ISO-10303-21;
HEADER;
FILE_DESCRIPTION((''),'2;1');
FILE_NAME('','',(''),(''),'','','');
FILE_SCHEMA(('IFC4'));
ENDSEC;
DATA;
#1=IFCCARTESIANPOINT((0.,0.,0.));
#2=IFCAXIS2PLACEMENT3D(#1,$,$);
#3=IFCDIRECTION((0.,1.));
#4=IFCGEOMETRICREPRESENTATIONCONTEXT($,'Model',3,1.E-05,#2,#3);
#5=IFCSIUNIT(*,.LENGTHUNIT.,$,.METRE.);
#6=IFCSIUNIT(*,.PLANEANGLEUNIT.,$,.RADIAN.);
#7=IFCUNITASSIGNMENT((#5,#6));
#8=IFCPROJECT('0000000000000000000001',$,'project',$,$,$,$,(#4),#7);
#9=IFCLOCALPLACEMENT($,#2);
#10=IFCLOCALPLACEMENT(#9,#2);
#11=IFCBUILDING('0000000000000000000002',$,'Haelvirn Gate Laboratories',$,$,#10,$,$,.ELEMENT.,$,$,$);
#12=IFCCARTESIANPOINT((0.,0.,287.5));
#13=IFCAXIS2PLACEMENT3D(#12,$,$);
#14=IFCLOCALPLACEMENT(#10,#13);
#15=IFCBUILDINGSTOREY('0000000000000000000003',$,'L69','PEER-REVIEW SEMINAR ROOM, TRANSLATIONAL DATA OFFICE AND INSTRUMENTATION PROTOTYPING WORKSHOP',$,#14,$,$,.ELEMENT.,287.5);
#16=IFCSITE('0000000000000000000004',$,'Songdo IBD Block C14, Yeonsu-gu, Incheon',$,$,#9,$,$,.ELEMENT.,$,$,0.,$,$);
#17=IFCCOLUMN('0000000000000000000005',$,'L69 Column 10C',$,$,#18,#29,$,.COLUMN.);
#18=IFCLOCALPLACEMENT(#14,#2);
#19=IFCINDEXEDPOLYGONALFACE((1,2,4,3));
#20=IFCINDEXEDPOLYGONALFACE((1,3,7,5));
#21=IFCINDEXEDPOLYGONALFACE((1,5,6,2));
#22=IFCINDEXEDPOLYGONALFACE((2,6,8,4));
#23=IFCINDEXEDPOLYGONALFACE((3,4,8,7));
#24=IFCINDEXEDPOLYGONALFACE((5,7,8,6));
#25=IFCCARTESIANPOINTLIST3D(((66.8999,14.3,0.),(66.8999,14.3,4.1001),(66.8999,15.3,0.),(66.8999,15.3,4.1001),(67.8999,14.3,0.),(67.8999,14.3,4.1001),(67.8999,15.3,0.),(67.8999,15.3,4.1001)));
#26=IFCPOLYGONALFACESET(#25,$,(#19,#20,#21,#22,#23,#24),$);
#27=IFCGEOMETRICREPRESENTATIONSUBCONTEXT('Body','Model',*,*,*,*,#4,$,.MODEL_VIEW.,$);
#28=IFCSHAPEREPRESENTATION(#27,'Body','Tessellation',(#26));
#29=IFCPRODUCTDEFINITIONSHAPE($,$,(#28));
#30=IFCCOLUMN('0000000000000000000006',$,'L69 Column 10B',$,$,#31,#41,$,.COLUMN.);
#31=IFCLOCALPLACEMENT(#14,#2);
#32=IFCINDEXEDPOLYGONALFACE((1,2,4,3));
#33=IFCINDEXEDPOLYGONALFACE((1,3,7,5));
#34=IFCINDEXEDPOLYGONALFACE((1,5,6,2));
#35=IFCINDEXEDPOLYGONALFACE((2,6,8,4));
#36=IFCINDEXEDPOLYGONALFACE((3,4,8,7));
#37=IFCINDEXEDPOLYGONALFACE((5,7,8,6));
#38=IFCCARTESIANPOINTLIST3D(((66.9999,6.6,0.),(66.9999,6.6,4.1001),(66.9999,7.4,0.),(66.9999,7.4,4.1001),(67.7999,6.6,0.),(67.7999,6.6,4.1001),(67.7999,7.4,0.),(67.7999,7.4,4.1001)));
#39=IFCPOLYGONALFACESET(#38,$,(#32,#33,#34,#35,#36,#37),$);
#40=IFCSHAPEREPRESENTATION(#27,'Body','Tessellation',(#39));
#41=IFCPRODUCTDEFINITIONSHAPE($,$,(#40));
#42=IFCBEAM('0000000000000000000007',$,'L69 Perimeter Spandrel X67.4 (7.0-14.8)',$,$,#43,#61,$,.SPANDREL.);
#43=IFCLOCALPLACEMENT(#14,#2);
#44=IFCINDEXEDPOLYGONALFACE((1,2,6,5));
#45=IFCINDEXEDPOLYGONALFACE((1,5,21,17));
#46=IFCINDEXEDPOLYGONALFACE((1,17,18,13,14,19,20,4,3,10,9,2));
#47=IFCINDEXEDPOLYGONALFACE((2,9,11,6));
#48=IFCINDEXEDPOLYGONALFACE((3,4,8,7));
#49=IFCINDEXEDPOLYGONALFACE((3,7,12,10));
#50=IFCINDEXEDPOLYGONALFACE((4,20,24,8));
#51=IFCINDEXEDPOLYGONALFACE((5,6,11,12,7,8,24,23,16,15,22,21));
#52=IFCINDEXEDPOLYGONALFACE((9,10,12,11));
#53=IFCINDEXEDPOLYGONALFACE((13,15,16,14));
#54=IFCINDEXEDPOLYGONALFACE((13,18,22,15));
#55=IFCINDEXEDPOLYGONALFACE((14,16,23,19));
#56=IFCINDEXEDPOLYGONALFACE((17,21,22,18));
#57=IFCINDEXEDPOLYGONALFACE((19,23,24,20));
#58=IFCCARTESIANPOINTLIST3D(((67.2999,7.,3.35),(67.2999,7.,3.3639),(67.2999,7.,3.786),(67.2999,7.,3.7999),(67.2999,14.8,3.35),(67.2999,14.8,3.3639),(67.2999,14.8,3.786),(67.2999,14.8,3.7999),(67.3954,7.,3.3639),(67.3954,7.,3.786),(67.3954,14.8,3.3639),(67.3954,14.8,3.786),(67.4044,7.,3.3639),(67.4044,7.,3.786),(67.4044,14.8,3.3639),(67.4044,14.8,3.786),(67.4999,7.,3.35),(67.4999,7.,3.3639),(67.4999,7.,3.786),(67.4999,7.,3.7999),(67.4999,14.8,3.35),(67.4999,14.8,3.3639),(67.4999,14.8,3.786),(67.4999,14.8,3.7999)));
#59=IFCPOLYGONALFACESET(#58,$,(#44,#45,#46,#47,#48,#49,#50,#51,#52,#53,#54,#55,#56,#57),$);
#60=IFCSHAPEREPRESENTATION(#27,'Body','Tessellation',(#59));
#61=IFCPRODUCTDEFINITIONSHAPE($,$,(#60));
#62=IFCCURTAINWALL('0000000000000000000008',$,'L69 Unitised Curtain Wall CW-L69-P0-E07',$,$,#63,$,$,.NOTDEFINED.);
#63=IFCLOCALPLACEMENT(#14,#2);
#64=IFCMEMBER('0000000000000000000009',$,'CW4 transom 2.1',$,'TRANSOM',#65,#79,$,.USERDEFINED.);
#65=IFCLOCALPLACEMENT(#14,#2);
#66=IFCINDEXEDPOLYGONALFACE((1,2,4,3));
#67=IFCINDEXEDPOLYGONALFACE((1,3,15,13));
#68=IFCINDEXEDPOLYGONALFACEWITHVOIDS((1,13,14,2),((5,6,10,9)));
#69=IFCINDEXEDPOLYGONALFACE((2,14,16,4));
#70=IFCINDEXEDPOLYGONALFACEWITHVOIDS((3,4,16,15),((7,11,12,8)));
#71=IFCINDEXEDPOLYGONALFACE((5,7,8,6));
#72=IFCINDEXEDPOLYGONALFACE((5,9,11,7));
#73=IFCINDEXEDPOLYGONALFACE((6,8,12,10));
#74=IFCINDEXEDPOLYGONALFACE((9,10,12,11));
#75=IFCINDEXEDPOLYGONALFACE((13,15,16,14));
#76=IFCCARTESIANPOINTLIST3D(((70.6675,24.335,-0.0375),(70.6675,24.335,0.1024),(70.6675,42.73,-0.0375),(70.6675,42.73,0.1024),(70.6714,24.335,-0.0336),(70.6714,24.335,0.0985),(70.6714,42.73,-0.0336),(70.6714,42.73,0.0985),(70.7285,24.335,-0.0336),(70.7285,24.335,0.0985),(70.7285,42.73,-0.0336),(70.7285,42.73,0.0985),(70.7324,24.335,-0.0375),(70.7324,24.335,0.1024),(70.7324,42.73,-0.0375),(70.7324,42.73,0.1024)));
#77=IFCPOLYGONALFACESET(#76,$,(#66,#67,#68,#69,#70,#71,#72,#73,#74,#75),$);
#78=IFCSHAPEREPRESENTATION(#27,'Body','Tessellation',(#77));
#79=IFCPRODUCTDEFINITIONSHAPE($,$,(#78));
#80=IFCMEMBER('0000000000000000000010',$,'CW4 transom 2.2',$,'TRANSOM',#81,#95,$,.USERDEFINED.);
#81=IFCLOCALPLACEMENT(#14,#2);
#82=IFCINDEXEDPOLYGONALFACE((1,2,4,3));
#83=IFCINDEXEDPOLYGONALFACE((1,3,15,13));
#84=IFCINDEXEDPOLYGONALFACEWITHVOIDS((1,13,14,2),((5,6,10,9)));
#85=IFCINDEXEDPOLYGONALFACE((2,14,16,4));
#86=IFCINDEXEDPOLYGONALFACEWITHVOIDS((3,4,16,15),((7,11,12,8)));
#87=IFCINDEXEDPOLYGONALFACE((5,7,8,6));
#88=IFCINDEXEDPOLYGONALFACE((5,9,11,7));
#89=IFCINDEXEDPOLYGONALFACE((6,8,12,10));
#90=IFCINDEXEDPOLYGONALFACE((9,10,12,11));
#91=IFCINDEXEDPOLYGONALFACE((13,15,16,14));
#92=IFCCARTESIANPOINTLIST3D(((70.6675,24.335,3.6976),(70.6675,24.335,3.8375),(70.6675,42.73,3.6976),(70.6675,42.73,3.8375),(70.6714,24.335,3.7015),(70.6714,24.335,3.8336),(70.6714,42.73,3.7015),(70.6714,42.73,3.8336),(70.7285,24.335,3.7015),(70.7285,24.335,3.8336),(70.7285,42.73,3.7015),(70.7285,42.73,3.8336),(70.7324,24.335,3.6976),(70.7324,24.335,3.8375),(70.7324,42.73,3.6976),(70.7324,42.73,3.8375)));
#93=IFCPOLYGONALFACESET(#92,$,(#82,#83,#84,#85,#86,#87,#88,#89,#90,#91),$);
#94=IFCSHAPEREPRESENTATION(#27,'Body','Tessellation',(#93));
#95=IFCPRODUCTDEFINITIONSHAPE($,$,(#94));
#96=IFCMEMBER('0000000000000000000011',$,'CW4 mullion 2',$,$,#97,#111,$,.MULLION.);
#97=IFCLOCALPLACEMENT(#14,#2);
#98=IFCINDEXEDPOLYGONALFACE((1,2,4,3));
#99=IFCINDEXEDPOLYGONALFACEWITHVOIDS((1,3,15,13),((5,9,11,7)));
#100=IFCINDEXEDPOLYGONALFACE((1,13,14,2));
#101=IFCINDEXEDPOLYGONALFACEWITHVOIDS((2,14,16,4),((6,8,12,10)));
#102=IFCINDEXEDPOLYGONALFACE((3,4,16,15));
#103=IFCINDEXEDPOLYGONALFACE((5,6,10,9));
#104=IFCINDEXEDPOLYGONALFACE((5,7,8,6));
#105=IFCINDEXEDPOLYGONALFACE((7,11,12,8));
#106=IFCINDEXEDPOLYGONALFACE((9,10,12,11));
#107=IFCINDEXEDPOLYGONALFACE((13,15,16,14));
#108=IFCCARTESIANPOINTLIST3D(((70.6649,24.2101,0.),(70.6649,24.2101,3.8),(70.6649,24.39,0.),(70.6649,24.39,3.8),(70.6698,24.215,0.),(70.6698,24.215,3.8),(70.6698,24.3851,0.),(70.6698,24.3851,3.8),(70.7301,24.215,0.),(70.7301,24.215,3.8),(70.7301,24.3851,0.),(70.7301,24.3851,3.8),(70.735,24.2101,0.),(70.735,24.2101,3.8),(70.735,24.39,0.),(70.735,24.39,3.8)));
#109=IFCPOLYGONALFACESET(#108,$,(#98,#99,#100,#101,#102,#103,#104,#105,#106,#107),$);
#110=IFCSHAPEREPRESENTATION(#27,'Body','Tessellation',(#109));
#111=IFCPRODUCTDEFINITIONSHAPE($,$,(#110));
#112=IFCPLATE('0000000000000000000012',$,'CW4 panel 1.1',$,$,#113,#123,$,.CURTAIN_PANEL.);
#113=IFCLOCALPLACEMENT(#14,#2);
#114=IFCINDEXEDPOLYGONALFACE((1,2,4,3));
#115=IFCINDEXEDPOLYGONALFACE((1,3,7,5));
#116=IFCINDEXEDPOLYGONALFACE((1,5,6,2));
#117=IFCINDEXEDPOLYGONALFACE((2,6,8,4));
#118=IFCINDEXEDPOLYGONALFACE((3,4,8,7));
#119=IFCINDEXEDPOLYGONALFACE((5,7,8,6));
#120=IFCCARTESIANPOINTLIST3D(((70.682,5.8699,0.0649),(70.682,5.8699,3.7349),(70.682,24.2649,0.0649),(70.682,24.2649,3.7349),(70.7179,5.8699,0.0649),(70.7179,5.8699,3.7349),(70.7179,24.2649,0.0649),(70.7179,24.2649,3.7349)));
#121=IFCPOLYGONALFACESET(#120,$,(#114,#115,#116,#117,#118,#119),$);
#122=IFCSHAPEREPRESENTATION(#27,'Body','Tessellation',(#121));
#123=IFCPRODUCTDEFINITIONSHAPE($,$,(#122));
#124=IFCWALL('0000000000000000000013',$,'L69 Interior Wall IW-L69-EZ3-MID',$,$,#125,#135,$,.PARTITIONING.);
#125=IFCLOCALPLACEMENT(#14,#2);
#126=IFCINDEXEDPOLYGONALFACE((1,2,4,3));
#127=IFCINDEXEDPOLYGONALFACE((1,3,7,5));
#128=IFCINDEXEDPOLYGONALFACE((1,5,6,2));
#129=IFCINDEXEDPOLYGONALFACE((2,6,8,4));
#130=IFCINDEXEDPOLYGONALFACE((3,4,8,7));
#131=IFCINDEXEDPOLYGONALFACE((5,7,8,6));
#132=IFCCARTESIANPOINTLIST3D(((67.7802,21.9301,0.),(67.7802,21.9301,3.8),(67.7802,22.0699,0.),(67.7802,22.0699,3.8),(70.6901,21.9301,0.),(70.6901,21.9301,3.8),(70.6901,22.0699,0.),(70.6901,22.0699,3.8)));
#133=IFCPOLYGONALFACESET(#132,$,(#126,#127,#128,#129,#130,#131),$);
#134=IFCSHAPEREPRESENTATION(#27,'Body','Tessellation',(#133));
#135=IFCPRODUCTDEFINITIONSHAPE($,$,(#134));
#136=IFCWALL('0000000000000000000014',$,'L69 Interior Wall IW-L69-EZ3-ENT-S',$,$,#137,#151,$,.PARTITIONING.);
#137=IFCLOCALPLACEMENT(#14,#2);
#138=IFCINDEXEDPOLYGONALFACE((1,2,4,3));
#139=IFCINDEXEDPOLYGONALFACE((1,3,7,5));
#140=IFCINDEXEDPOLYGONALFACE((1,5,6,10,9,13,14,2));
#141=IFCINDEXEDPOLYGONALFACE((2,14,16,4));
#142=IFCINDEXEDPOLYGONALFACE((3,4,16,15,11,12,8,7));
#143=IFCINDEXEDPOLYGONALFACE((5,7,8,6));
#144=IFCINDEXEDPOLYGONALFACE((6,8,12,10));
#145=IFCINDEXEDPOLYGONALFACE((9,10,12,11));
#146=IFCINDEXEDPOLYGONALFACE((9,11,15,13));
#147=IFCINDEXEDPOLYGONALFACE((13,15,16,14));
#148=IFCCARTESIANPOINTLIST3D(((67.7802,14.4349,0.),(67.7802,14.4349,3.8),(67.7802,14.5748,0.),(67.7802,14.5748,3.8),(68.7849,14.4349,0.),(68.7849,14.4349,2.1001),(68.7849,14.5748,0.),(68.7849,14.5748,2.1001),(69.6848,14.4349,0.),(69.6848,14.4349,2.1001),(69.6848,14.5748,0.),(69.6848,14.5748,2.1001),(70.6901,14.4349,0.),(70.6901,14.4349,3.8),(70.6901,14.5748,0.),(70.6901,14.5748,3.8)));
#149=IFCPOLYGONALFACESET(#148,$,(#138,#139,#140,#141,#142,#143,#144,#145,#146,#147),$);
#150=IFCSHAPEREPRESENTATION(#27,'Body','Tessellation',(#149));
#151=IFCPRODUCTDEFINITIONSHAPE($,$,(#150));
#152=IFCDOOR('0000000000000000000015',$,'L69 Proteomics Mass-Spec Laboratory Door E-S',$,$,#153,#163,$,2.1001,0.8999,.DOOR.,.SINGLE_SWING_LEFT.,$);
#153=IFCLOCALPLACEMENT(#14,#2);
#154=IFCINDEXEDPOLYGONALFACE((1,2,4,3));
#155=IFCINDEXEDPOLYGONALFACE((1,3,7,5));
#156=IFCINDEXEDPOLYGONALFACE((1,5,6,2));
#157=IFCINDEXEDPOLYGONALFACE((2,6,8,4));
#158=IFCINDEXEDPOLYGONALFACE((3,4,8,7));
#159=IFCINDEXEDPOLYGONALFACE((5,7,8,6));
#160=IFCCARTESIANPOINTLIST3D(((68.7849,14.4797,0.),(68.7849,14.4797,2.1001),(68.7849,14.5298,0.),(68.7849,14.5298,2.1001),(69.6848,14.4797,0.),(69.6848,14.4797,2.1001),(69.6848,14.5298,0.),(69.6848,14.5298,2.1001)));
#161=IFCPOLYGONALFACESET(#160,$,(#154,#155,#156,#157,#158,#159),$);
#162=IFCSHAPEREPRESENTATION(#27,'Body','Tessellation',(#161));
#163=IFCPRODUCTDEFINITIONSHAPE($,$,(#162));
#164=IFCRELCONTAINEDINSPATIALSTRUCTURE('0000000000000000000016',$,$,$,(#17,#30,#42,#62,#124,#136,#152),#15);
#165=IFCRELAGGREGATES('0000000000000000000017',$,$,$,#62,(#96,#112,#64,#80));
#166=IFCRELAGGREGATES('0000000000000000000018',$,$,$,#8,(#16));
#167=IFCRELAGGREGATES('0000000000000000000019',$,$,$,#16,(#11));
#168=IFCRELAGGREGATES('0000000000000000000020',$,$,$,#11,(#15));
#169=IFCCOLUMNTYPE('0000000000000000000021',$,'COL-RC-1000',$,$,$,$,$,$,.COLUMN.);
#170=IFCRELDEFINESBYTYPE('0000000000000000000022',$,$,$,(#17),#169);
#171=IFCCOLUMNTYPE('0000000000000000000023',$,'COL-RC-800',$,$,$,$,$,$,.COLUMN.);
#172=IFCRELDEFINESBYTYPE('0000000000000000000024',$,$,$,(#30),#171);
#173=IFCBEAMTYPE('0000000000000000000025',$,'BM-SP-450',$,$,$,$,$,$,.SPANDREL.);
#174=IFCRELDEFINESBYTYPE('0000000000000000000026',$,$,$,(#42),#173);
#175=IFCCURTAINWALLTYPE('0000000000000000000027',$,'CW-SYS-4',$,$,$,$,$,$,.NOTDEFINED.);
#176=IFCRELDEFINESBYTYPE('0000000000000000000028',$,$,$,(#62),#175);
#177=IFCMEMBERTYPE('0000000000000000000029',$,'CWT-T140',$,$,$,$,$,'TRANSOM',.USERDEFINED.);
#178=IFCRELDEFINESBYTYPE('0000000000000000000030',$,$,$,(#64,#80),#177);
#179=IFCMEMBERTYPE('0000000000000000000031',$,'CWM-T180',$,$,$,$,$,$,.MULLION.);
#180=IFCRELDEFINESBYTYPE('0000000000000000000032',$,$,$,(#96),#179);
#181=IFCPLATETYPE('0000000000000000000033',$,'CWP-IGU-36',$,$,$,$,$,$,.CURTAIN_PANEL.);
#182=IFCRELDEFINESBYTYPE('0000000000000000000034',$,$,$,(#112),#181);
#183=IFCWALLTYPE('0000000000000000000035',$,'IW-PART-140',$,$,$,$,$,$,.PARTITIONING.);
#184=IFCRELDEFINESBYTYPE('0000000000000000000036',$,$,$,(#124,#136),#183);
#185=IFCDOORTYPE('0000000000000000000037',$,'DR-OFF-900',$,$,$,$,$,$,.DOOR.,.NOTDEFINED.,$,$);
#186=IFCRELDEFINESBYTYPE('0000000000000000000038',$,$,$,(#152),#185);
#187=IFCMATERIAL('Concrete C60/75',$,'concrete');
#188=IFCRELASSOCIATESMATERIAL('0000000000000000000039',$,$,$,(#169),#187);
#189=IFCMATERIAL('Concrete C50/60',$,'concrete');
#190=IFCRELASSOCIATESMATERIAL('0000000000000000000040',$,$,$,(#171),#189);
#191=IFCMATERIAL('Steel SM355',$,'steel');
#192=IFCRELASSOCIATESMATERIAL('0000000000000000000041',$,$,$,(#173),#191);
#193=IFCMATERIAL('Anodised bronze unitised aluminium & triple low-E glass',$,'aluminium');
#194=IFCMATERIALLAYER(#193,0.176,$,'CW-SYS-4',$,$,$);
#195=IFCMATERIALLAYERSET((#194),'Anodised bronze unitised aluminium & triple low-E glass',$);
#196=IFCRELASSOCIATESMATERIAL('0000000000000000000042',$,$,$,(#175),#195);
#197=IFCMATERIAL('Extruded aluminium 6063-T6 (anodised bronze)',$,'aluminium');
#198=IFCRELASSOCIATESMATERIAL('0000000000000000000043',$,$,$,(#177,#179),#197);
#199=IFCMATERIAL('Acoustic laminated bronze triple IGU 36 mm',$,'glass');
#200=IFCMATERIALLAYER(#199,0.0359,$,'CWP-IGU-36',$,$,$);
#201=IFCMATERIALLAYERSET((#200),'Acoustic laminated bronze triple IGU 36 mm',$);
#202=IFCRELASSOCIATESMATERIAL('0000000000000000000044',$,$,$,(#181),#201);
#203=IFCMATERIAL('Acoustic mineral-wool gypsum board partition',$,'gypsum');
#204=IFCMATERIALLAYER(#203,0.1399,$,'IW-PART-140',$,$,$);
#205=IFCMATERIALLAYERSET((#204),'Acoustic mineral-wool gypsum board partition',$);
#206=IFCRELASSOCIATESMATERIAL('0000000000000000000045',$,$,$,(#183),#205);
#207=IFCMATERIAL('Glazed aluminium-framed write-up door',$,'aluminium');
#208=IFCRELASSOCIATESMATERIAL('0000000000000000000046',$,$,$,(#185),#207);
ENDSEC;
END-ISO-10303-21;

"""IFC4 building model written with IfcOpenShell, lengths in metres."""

from ifc_helpers import new_model, si_unit, direction, frame, frame_2d, origin, origin_2d, place, context, subcontext, project, spatial, rectangle, hollow_rectangle, i_section, extrude, source, transform, mapped, material, layer, layer_set, material_profile, profile_set, type_object, type_shapes, element, fill, aggregate, save


model = new_model("IFC4")

# Units and contexts
model_context = context("Model", 3, precision=1e-05, world=origin(), true_north=direction((0.0, 1.0)))
body_context = subcontext(model_context, "Body", "Model", "MODEL_VIEW")
ifc_project = project(units=[si_unit("LENGTHUNIT", "METRE"), si_unit("PLANEANGLEUNIT", "RADIAN")], contexts=[model_context])

# Site, building, storey
site_placement = place(None, origin())
site = spatial("IfcSite", under=ifc_project, at=site_placement, Name="Songdo IBD Block C14, Yeonsu-gu, Incheon", CompositionType="ELEMENT", RefElevation=0.0)
building_placement = place(site_placement, origin())
building = spatial("IfcBuilding", under=site, at=building_placement, Name="Haelvirn Gate Laboratories", CompositionType="ELEMENT")
storey_placement = place(building_placement, frame((0.0, 0.0, 287.5)))
storey = spatial("IfcBuildingStorey", under=building, at=storey_placement, Name="L69", Description="PEER-REVIEW SEMINAR ROOM, TRANSLATIONAL DATA OFFICE AND INSTRUMENTATION PROTOTYPING WORKSHOP", CompositionType="ELEMENT", Elevation=287.5)

# Columns
ifc_material_1 = material(Name="Concrete C60/75", Category="concrete")
ifc_material_profile_1 = material_profile(ifc_material_1, rectangle(XDim=1.0, YDim=1.0, at=origin_2d()), Name="RC-1000x1000")
ifc_profile_set_1 = profile_set([ifc_material_profile_1], Name="Concrete C60/75")
column_type_1 = type_object("IfcColumnType", Name="COL-RC-1000", PredefinedType="COLUMN", material=ifc_profile_set_1)
shared_shape_1 = source(origin(), body_context, "Body", "SweptSolid", [
    extrude(rectangle(XDim=1.0, YDim=1.0, at=origin_2d()), origin(), (0.0, 0.0, 1.0), 4.1001),
])
type_shapes(column_type_1, [shared_shape_1])
column_1_placement = place(storey_placement, frame((67.3999, 14.8, 0.0), z_axis=(0.0, 0.0, 1.0), x_axis=(1.0, 0.0, 0.0)))
element("IfcColumn", 1, at=column_1_placement, inside=storey, type_object=column_type_1, Name="L69 Column 10C", PredefinedType="COLUMN", context=body_context, shape_type="MappedRepresentation", body=[
    mapped(shared_shape_1, transform((0.0, 0.0, 0.0), scale=1.0)),
])
ifc_material_2 = material(Name="Concrete C50/60", Category="concrete")
ifc_material_profile_2 = material_profile(ifc_material_2, rectangle(XDim=0.8, YDim=0.8, at=origin_2d()), Name="RC-800x800")
ifc_profile_set_2 = profile_set([ifc_material_profile_2], Name="Concrete C50/60")
column_type_2 = type_object("IfcColumnType", Name="COL-RC-800", PredefinedType="COLUMN", material=ifc_profile_set_2)
shared_shape_2 = source(origin(), body_context, "Body", "SweptSolid", [
    extrude(rectangle(XDim=0.8, YDim=0.8, at=origin_2d()), origin(), (0.0, 0.0, 1.0), 4.1001),
])
type_shapes(column_type_2, [shared_shape_2])
column_2_placement = place(storey_placement, frame((67.3999, 7.0, 0.0), z_axis=(0.0, 0.0, 1.0), x_axis=(1.0, 0.0, 0.0)))
element("IfcColumn", 2, at=column_2_placement, inside=storey, type_object=column_type_2, Name="L69 Column 10B", PredefinedType="COLUMN", context=body_context, shape_type="MappedRepresentation", body=[
    mapped(shared_shape_2, transform((0.0, 0.0, 0.0), scale=1.0)),
])

# Beam
ifc_material_3 = material(Name="Steel SM355", Category="steel")
ifc_material_profile_3 = material_profile(ifc_material_3, i_section(OverallWidth=0.2, OverallDepth=0.45, WebThickness=0.009, FlangeThickness=0.0139, at=origin_2d()), Name="H-450x200x9x14")
ifc_profile_set_3 = profile_set([ifc_material_profile_3], Name="Steel SM355")
beam_type = type_object("IfcBeamType", Name="BM-SP-450", PredefinedType="SPANDREL", material=ifc_profile_set_3)
shared_shape_3 = source(origin(), body_context, "Body", "SweptSolid", [
    extrude(i_section(OverallWidth=0.2, OverallDepth=0.45, WebThickness=0.009, FlangeThickness=0.0139, at=origin_2d()), origin(), (0.0, 0.0, 1.0), 7.8),
])
type_shapes(beam_type, [shared_shape_3])
beam_placement = place(storey_placement, frame((67.3999, 7.0, 3.575), z_axis=(0.0, 1.0, 0.0), x_axis=(-1.0, 0.0, 0.0)))
element("IfcBeam", 3, at=beam_placement, inside=storey, type_object=beam_type, Name="L69 Perimeter Spandrel X67.4 (7.0-14.8)", PredefinedType="SPANDREL", context=body_context, shape_type="MappedRepresentation", body=[
    mapped(shared_shape_3, transform((0.0, 0.0, 0.0), scale=1.0)),
])

# Curtain wall, members, plate
ifc_material_4 = material(Name="Anodised bronze unitised aluminium & triple low-E glass", Category="aluminium")
ifc_layer_1 = layer(ifc_material_4, 0.176, Name="CW-SYS-4")
ifc_layer_set_1 = layer_set([ifc_layer_1], Name="Anodised bronze unitised aluminium & triple low-E glass")
curtain_wall_type = type_object("IfcCurtainWallType", Name="CW-SYS-4", PredefinedType="NOTDEFINED", material=ifc_layer_set_1)
curtain_wall_placement = place(storey_placement, origin())
curtain_wall = element("IfcCurtainWall", 4, at=curtain_wall_placement, inside=storey, type_object=curtain_wall_type, Name="L69 Unitised Curtain Wall CW-L69-P0-E07", PredefinedType="NOTDEFINED")
ifc_material_5 = material(Name="Extruded aluminium 6063-T6 (anodised bronze)", Category="aluminium")
ifc_material_profile_4 = material_profile(ifc_material_5, hollow_rectangle(XDim=0.0649, YDim=0.1399, WallThickness=0.0039, at=origin_2d()), Name="CWT-140x65x4")
ifc_profile_set_4 = profile_set([ifc_material_profile_4], Name="Extruded aluminium 6063-T6 (anodised bronze)")
member_type_1 = type_object("IfcMemberType", Name="CWT-T140", ElementType="TRANSOM", PredefinedType="USERDEFINED", material=ifc_profile_set_4)
shared_shape_4 = source(origin(), body_context, "Body", "SweptSolid", [
    extrude(hollow_rectangle(XDim=0.0649, YDim=0.1399, WallThickness=0.0039, at=origin_2d()), origin(), (0.0, 0.0, 1.0), 18.395),
])
type_shapes(member_type_1, [shared_shape_4])
member_1_placement = place(storey_placement, frame((70.7, 24.335, 0.0325), z_axis=(0.0, 1.0, 0.0), x_axis=(-1.0, 0.0, 0.0)))
member_1 = element("IfcMember", 5, at=member_1_placement, type_object=member_type_1, Name="CW4 transom 2.1", ObjectType="TRANSOM", PredefinedType="USERDEFINED", context=body_context, shape_type="MappedRepresentation", body=[
    mapped(shared_shape_4, transform((0.0, 0.0, 0.0), scale=1.0)),
])
member_2_placement = place(storey_placement, frame((70.7, 24.335, 3.7676), z_axis=(0.0, 1.0, 0.0), x_axis=(-1.0, 0.0, 0.0)))
member_2 = element("IfcMember", 6, at=member_2_placement, type_object=member_type_1, Name="CW4 transom 2.2", ObjectType="TRANSOM", PredefinedType="USERDEFINED", context=body_context, shape_type="MappedRepresentation", body=[
    mapped(shared_shape_4, transform((0.0, 0.0, 0.0), scale=1.0)),
])
ifc_material_profile_5 = material_profile(ifc_material_5, hollow_rectangle(XDim=0.0701, YDim=0.1799, WallThickness=0.0049, at=origin_2d()), Name="CWM-180x70x5")
ifc_profile_set_5 = profile_set([ifc_material_profile_5], Name="Extruded aluminium 6063-T6 (anodised bronze)")
member_type_2 = type_object("IfcMemberType", Name="CWM-T180", PredefinedType="MULLION", material=ifc_profile_set_5)
shared_shape_5 = source(origin(), body_context, "Body", "SweptSolid", [
    extrude(hollow_rectangle(XDim=0.0701, YDim=0.1799, WallThickness=0.0049, at=origin_2d()), origin(), (0.0, 0.0, 1.0), 3.8),
])
type_shapes(member_type_2, [shared_shape_5])
member_3_placement = place(storey_placement, frame((70.7, 24.3, 0.0), z_axis=(0.0, 0.0, 1.0), x_axis=(-1.0, 0.0, 0.0)))
member_3 = element("IfcMember", 7, at=member_3_placement, type_object=member_type_2, Name="CW4 mullion 2", PredefinedType="MULLION", context=body_context, shape_type="MappedRepresentation", body=[
    mapped(shared_shape_5, transform((0.0, 0.0, 0.0), scale=1.0)),
])
ifc_material_6 = material(Name="Acoustic laminated bronze triple IGU 36 mm", Category="glass")
ifc_layer_2 = layer(ifc_material_6, 0.0359, Name="CWP-IGU-36")
ifc_layer_set_2 = layer_set([ifc_layer_2], Name="Acoustic laminated bronze triple IGU 36 mm")
plate_type = type_object("IfcPlateType", Name="CWP-IGU-36", PredefinedType="CURTAIN_PANEL", material=ifc_layer_set_2)
shared_shape_6 = source(origin(), body_context, "Body", "SweptSolid", [
    extrude(rectangle(XDim=18.395, YDim=0.0359, at=origin_2d()), origin(), (0.0, 0.0, 1.0), 3.6699),
])
type_shapes(plate_type, [shared_shape_6])
plate_placement = place(storey_placement, frame((70.7, 15.0674, 0.0649), z_axis=(0.0, 0.0, 1.0), x_axis=(0.0, 1.0, 0.0)))
plate = element("IfcPlate", 8, at=plate_placement, type_object=plate_type, Name="CW4 panel 1.1", PredefinedType="CURTAIN_PANEL", context=body_context, shape_type="MappedRepresentation", body=[
    mapped(shared_shape_6, transform((0.0, 0.0, 0.0), scale=1.0)),
])
aggregate(curtain_wall, [member_3, plate, member_1, member_2])

# Wall
ifc_material_7 = material(Name="Acoustic mineral-wool gypsum board partition", Category="gypsum")
ifc_layer_3 = layer(ifc_material_7, 0.1399, Name="IW-PART-140")
ifc_layer_set_3 = layer_set([ifc_layer_3], Name="Acoustic mineral-wool gypsum board partition")
wall_type_1 = type_object("IfcWallType", Name="IW-PART-140", PredefinedType="PARTITIONING", material=ifc_layer_set_3)
wall_1_placement = place(storey_placement, frame((67.78, 22.0, 0.0), z_axis=(0.0, 0.0, 1.0), x_axis=(1.0, 0.0, 0.0)))
element("IfcWall", 9, at=wall_1_placement, inside=storey, type_object=wall_type_1, Name="L69 Interior Wall IW-L69-EZ3-MID", PredefinedType="PARTITIONING", context=body_context, shape_type="SweptSolid", body=[
    extrude(rectangle(XDim=2.9099, YDim=0.1399, at=frame_2d((1.4551, 0.0))), origin(), (0.0, 0.0, 1.0), 3.8),
])

# Wall, opening, door
wall_2_placement = place(storey_placement, frame((67.78, 14.5049, 0.0), z_axis=(0.0, 0.0, 1.0), x_axis=(1.0, 0.0, 0.0)))
wall_2 = element("IfcWall", 10, at=wall_2_placement, inside=storey, type_object=wall_type_1, Name="L69 Interior Wall IW-L69-EZ3-ENT-S", PredefinedType="PARTITIONING", context=body_context, shape_type="SweptSolid", body=[
    extrude(rectangle(XDim=2.9099, YDim=0.1399, at=frame_2d((1.4551, 0.0))), origin(), (0.0, 0.0, 1.0), 3.8),
])
opening_1_placement = place(wall_2_placement, frame((1.0049, 0.0, 0.0)))
opening_1 = element("IfcOpeningElement", 11, at=opening_1_placement, cuts=wall_2, PredefinedType="OPENING", context=body_context, shape_type="SweptSolid", body=[
    extrude(rectangle(XDim=0.8999, YDim=2.1001, at=frame_2d((0.45, 1.05))), frame((0.0, 0.0801, 0.0), z_axis=(0.0, -1.0, 0.0), x_axis=(1.0, 0.0, 0.0)), (0.0, 0.0, 1.0), 0.1599),
])
ifc_material_8 = material(Name="Glazed aluminium-framed write-up door", Category="aluminium")
door_type_1 = type_object("IfcDoorType", Name="DR-OFF-900", OperationType="NOTDEFINED", PredefinedType="DOOR", material=ifc_material_8)
shared_shape_7 = source(origin(), body_context, "Body", "SweptSolid", [
    extrude(rectangle(XDim=0.8999, YDim=2.1001, at=frame_2d((0.45, 1.05))), frame((0.0, 0.0249, 0.0), z_axis=(0.0, -1.0, 0.0), x_axis=(1.0, 0.0, 0.0)), (0.0, 0.0, 1.0), 0.05),
])
type_shapes(door_type_1, [shared_shape_7])
door_1_placement = place(opening_1_placement, origin())
door_1 = element("IfcDoor", 12, at=door_1_placement, inside=storey, type_object=door_type_1, Name="L69 Proteomics Mass-Spec Laboratory Door E-S", OperationType="SINGLE_SWING_LEFT", OverallHeight=2.1001, OverallWidth=0.8999, PredefinedType="DOOR", context=body_context, shape_type="MappedRepresentation", body=[
    mapped(shared_shape_7, transform((0.0, 0.0, 0.0), scale=1.0)),
])
fill(opening_1, door_1)

save(model, "model.ifc")
